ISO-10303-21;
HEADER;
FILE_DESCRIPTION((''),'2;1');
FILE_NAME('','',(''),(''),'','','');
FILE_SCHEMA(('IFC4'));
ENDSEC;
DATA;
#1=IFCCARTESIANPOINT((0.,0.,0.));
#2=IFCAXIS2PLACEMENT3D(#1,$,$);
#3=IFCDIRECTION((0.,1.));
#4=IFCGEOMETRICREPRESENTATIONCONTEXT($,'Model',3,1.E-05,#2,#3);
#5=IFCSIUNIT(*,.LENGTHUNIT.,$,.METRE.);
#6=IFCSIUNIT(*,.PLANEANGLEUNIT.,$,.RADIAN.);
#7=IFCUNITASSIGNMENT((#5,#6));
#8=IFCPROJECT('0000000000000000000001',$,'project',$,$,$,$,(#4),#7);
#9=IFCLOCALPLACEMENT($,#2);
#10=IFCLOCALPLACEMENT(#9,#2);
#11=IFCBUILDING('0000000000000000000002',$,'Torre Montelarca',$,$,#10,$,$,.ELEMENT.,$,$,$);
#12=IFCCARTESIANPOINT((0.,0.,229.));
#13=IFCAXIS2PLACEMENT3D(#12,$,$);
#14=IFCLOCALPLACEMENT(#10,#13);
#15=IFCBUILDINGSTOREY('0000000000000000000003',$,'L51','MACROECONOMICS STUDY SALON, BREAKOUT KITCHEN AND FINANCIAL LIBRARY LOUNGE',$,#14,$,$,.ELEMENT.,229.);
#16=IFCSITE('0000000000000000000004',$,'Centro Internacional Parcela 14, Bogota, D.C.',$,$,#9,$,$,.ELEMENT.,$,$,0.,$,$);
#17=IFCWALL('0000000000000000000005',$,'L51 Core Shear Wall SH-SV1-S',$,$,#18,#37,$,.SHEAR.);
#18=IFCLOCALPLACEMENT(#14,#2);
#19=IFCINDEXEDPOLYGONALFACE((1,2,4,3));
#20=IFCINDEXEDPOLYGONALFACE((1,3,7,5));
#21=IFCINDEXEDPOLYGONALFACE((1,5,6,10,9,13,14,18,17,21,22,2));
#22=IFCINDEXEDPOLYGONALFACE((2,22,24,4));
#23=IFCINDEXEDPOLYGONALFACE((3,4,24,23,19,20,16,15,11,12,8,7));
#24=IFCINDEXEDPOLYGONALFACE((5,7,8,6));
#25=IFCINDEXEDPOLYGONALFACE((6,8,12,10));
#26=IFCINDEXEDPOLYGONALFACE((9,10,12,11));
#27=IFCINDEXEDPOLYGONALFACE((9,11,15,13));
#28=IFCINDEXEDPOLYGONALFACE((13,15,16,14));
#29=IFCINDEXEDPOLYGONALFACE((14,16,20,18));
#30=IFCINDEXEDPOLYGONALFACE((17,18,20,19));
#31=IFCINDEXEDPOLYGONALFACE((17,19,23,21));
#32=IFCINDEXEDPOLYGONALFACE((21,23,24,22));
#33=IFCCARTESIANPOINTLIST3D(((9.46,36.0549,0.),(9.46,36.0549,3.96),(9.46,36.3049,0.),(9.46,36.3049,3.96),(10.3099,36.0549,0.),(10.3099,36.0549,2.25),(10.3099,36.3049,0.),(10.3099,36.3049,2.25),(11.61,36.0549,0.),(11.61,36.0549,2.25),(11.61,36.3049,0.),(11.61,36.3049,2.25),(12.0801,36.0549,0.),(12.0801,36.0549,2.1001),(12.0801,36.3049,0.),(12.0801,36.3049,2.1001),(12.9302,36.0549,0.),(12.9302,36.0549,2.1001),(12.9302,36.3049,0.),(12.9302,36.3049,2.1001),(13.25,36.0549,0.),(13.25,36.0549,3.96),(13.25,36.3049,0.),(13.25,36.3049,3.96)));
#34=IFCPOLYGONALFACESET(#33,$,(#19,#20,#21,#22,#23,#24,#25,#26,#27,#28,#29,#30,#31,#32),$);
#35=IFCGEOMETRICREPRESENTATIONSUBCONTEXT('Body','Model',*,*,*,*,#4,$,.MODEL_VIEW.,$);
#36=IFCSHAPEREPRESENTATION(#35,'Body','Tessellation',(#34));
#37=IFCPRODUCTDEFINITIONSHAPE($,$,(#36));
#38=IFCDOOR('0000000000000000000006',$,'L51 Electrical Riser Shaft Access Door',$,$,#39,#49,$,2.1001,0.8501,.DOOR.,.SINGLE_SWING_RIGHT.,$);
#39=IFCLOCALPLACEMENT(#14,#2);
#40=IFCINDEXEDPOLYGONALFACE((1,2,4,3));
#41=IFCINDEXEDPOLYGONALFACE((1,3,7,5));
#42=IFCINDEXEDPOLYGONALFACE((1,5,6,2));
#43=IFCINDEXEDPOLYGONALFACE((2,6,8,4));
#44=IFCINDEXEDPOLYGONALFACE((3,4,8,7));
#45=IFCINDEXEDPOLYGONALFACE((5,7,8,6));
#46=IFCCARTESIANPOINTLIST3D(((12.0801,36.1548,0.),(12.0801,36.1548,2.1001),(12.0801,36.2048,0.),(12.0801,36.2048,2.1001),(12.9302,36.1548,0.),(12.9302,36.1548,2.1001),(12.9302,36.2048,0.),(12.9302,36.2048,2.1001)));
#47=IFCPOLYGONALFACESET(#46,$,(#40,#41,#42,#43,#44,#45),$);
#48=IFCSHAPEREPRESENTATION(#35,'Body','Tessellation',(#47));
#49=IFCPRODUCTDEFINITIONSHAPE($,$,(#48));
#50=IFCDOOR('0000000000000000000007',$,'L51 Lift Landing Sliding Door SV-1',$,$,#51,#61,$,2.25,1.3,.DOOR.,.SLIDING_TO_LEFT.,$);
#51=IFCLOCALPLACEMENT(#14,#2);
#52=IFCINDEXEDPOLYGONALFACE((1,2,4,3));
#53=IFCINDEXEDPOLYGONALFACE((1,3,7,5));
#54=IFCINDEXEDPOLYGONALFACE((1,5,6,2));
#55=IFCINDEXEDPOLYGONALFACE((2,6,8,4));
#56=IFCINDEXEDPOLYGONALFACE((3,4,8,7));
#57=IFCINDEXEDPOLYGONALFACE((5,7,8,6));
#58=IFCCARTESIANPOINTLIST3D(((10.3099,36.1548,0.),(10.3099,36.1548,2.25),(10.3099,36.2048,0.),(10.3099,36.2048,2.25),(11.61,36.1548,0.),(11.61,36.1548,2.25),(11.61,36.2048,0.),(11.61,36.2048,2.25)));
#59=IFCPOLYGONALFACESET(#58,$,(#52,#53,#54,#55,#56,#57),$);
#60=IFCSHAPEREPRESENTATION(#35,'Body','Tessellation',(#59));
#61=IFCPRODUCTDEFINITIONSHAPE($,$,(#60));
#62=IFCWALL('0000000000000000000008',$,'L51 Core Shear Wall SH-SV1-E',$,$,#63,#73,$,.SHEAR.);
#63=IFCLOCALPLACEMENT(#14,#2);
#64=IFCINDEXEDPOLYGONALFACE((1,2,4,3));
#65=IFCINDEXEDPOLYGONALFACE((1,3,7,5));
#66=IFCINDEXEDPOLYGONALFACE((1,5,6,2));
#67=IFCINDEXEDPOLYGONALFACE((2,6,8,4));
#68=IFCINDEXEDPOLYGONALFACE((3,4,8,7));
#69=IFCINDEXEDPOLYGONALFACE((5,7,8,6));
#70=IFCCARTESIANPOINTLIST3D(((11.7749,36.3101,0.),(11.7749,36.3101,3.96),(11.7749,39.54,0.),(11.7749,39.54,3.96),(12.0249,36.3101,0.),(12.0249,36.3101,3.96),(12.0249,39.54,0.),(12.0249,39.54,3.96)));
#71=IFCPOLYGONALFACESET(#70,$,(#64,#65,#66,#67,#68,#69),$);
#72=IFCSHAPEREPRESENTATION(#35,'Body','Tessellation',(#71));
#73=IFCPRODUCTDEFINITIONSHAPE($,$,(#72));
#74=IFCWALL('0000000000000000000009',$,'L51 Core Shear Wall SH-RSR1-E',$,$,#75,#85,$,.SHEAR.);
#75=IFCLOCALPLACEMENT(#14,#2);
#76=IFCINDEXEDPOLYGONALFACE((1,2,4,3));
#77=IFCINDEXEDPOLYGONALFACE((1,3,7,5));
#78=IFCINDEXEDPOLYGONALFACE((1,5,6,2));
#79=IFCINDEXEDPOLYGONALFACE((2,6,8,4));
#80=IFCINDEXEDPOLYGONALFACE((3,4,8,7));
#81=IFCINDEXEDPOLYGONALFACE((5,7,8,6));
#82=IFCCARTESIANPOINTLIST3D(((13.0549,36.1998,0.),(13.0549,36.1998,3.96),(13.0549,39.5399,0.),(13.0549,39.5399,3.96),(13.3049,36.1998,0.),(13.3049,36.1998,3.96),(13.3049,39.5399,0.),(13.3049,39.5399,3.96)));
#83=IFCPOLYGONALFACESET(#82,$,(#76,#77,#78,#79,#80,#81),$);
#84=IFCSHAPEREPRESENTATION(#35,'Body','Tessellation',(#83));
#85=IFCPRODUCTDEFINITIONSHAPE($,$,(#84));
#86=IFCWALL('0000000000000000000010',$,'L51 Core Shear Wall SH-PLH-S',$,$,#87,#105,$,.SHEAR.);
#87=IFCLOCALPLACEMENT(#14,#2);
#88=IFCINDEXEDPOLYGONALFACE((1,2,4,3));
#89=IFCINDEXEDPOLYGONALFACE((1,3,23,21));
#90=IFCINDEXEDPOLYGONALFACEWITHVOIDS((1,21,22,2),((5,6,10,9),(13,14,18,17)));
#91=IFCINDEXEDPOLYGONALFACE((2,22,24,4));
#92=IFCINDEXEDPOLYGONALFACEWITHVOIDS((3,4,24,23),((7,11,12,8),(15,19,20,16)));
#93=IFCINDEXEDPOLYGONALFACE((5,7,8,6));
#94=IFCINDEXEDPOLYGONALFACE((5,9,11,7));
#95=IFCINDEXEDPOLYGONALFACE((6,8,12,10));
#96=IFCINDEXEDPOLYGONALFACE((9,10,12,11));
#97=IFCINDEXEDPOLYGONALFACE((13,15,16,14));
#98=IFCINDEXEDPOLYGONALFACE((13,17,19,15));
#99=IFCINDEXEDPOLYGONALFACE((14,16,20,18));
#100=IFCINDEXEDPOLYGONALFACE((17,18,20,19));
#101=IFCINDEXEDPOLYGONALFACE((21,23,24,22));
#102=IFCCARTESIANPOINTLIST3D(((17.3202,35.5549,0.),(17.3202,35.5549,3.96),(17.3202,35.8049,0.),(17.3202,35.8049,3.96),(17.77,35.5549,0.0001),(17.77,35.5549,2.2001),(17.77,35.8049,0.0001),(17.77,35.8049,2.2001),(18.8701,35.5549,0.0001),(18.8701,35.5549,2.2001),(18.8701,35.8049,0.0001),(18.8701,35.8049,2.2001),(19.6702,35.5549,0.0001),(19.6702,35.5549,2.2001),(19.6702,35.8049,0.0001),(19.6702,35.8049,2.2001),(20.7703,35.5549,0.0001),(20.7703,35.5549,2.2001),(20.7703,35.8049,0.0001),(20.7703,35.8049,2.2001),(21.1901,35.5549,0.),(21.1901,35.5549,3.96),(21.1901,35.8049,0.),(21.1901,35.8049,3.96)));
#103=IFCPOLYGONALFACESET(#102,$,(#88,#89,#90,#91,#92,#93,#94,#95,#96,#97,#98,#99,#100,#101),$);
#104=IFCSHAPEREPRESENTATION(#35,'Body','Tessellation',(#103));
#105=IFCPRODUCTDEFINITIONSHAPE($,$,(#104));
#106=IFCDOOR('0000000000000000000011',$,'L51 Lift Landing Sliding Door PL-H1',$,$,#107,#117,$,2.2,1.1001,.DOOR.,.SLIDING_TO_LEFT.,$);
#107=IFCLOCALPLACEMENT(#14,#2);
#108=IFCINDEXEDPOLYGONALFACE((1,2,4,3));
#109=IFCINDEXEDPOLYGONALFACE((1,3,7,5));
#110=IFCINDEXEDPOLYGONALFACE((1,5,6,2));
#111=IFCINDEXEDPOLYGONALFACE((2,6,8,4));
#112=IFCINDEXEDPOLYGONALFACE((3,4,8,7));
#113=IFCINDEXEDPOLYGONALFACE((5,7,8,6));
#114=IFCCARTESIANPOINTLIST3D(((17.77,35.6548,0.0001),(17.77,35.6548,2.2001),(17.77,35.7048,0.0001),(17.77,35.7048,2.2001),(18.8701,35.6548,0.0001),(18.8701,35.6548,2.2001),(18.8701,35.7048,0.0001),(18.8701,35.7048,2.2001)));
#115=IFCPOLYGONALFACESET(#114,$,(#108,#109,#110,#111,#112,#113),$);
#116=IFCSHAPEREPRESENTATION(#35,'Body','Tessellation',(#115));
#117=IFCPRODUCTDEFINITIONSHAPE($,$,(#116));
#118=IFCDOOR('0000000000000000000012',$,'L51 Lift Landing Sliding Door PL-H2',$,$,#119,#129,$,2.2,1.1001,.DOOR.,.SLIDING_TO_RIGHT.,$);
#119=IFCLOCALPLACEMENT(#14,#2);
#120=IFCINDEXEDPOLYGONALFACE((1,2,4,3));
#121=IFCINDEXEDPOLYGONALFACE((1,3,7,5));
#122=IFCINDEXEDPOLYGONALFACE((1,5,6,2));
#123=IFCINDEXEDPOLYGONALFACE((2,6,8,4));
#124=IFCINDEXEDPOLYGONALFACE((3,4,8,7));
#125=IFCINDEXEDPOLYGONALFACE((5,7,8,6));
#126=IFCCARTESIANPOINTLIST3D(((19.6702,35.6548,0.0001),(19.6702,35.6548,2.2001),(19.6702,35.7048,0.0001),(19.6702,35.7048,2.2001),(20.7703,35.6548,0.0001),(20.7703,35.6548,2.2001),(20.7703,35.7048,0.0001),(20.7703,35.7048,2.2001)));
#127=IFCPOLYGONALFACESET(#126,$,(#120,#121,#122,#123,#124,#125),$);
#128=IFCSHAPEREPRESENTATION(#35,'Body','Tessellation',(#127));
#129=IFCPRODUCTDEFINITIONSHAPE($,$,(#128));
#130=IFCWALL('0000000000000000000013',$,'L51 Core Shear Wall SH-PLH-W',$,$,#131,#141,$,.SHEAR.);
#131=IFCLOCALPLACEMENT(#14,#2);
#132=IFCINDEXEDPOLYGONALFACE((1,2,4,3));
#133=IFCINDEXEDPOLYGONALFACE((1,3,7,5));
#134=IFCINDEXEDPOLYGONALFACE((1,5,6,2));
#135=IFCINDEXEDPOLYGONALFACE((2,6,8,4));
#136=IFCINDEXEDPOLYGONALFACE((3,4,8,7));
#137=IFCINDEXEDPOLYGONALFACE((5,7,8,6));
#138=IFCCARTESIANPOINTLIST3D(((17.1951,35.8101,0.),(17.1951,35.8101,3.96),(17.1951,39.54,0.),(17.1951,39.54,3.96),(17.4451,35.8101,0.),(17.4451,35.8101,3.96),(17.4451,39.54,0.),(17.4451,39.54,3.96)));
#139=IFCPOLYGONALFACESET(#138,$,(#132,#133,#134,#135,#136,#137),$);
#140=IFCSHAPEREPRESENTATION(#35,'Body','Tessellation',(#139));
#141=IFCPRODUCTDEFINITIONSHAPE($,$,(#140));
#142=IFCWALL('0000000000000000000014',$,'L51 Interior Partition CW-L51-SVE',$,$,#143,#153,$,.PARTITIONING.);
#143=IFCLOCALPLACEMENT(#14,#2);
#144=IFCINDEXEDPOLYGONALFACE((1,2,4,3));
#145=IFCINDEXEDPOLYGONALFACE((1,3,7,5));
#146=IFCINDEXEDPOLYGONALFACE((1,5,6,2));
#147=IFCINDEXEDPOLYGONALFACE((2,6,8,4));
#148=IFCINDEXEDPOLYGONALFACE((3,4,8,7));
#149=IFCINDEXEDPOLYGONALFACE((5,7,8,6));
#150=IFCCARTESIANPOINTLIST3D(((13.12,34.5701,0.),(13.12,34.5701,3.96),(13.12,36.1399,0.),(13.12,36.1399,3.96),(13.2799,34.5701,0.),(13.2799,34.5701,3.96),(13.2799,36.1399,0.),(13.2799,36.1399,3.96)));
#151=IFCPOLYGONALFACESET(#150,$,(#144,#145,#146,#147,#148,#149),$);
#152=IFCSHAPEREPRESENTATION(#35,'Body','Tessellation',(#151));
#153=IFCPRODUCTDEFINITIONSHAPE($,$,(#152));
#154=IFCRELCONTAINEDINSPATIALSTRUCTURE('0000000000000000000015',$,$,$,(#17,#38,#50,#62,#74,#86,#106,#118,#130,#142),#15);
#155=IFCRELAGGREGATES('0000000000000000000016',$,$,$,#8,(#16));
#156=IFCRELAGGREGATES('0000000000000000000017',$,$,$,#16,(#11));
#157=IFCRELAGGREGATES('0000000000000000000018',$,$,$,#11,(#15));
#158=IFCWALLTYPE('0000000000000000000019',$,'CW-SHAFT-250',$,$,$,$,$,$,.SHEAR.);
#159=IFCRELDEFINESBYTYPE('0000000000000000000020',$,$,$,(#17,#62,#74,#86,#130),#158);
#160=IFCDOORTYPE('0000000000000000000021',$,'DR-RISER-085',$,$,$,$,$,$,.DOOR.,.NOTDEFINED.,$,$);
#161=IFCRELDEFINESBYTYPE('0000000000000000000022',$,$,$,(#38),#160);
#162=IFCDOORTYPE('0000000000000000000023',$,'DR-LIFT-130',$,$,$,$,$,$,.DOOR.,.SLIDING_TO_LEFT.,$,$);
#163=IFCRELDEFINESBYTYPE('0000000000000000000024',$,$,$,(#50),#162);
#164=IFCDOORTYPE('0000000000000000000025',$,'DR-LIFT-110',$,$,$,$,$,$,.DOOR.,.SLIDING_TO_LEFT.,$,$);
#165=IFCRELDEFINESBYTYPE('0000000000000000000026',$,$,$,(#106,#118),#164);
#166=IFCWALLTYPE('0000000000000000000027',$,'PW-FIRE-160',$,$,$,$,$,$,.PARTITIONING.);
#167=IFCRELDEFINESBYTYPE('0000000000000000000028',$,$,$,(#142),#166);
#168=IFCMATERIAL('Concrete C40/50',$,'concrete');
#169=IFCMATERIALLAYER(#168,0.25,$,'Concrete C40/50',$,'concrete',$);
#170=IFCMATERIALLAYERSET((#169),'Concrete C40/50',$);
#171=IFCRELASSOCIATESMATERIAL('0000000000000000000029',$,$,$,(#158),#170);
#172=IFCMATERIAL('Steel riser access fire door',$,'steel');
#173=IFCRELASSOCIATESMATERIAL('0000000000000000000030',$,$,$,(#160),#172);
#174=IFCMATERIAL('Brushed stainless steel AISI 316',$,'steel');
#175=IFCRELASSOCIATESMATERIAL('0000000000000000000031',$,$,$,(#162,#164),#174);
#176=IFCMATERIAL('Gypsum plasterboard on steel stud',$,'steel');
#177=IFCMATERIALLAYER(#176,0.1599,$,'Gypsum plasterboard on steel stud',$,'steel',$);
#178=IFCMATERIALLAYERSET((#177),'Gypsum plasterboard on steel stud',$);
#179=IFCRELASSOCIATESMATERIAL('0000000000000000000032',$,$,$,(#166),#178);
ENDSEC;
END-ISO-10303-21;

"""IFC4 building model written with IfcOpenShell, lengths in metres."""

from ifc_helpers import new_model, si_unit, direction, frame, frame_2d, origin, place, context, subcontext, project, spatial, rectangle, extrude, source, transform, mapped, material, layer, layer_set, type_object, element, fill, save


model = new_model("IFC4")

# Units and contexts
model_context = context("Model", 3, precision=1e-05, world=origin(), true_north=direction((0.0, 1.0)))
body_context = subcontext(model_context, "Body", "Model", "MODEL_VIEW")
ifc_project = project(units=[si_unit("LENGTHUNIT", "METRE"), si_unit("PLANEANGLEUNIT", "RADIAN")], contexts=[model_context])

# Site, building, storey
site_placement = place(None, origin())
site = spatial("IfcSite", under=ifc_project, at=site_placement, Name="Centro Internacional Parcela 14, Bogota, D.C.", CompositionType="ELEMENT", RefElevation=0.0)
building_placement = place(site_placement, origin())
building = spatial("IfcBuilding", under=site, at=building_placement, Name="Torre Montelarca", CompositionType="ELEMENT")
storey_placement = place(building_placement, frame((0.0, 0.0, 229.0)))
storey = spatial("IfcBuildingStorey", under=building, at=storey_placement, Name="L51", Description="MACROECONOMICS STUDY SALON, BREAKOUT KITCHEN AND FINANCIAL LIBRARY LOUNGE", CompositionType="ELEMENT", Elevation=229.0)

# Shared definitions
ifc_material_1 = material(Name="Concrete C40/50", Category="concrete")
ifc_layer_1 = layer(ifc_material_1, 0.25, Name="Concrete C40/50", Category="concrete")
ifc_layer_set_1 = layer_set([ifc_layer_1], Name="Concrete C40/50")
wall_type_1 = type_object("IfcWallType", Name="CW-SHAFT-250", PredefinedType="SHEAR", material=ifc_layer_set_1)

# Wall, openings, doors
wall_1_placement = place(storey_placement, frame((9.46, 36.1799, 0.0), z_axis=(0.0, 0.0, 1.0), x_axis=(1.0, 0.0, 0.0)))
wall_1 = element("IfcWall", 1, at=wall_1_placement, inside=storey, type_object=wall_type_1, Name="L51 Core Shear Wall SH-SV1-S", PredefinedType="SHEAR", context=body_context, shape_type="SweptSolid", body=[
    extrude(rectangle(XDim=3.79, YDim=0.25, at=frame_2d((1.895, 0.0))), origin(), (0.0, 0.0, 1.0), 3.96),
])
opening_1_placement = place(wall_1_placement, frame((2.6201, 0.0, 0.0)))
opening_1 = element("IfcOpeningElement", 2, at=opening_1_placement, cuts=wall_1, PredefinedType="OPENING", context=body_context, shape_type="SweptSolid", body=[
    extrude(rectangle(XDim=0.8501, YDim=2.1001, at=frame_2d((0.425, 1.05))), frame((0.0, 0.135, 0.0), z_axis=(0.0, -1.0, 0.0), x_axis=(1.0, 0.0, 0.0)), (0.0, 0.0, 1.0), 0.27),
])
opening_2_placement = place(wall_1_placement, frame((0.8501, 0.0, 0.0)))
opening_2 = element("IfcOpeningElement", 3, at=opening_2_placement, cuts=wall_1, PredefinedType="OPENING", context=body_context, shape_type="SweptSolid", body=[
    extrude(rectangle(XDim=1.3, YDim=2.25, at=frame_2d((0.6499, 1.125))), frame((0.0, 0.135, 0.0), z_axis=(0.0, -1.0, 0.0), x_axis=(1.0, 0.0, 0.0)), (0.0, 0.0, 1.0), 0.27),
])
ifc_material_2 = material(Name="Steel riser access fire door", Category="steel")
door_type_1 = type_object("IfcDoorType", Name="DR-RISER-085", OperationType="NOTDEFINED", PredefinedType="DOOR", material=ifc_material_2)
shared_shape_1 = source(origin(), body_context, "Body", "SweptSolid", [
    extrude(rectangle(XDim=0.8501, YDim=2.1001, at=frame_2d((0.425, 1.05))), frame((0.0, 0.0249, 0.0), z_axis=(0.0, -1.0, 0.0), x_axis=(1.0, 0.0, 0.0)), (0.0, 0.0, 1.0), 0.05),
])
door_1_placement = place(opening_1_placement, origin())
door_1 = element("IfcDoor", 4, at=door_1_placement, inside=storey, type_object=door_type_1, Name="L51 Electrical Riser Shaft Access Door", OperationType="SINGLE_SWING_RIGHT", OverallHeight=2.1001, OverallWidth=0.8501, PredefinedType="DOOR", context=body_context, shape_type="MappedRepresentation", body=[
    mapped(shared_shape_1, transform((0.0, 0.0, 0.0), scale=1.0)),
])
fill(opening_1, door_1)
ifc_material_3 = material(Name="Brushed stainless steel AISI 316", Category="steel")
door_type_2 = type_object("IfcDoorType", Name="DR-LIFT-130", OperationType="SLIDING_TO_LEFT", PredefinedType="DOOR", material=ifc_material_3)
shared_shape_2 = source(origin(), body_context, "Body", "SweptSolid", [
    extrude(rectangle(XDim=1.3, YDim=2.25, at=frame_2d((0.6499, 1.125))), frame((0.0, 0.0249, 0.0), z_axis=(0.0, -1.0, 0.0), x_axis=(1.0, 0.0, 0.0)), (0.0, 0.0, 1.0), 0.05),
])
door_2_placement = place(opening_2_placement, origin())
door_2 = element("IfcDoor", 5, at=door_2_placement, inside=storey, type_object=door_type_2, Name="L51 Lift Landing Sliding Door SV-1", OperationType="SLIDING_TO_LEFT", OverallHeight=2.25, OverallWidth=1.3, PredefinedType="DOOR", context=body_context, shape_type="MappedRepresentation", body=[
    mapped(shared_shape_2, transform((0.0, 0.0, 0.0), scale=1.0)),
])
fill(opening_2, door_2)

# Walls
wall_2_placement = place(storey_placement, frame((11.8999, 36.3101, 0.0), z_axis=(0.0, 0.0, 1.0), x_axis=(0.0, 1.0, 0.0)))
element("IfcWall", 6, at=wall_2_placement, inside=storey, type_object=wall_type_1, Name="L51 Core Shear Wall SH-SV1-E", PredefinedType="SHEAR", context=body_context, shape_type="SweptSolid", body=[
    extrude(rectangle(XDim=3.23, YDim=0.25, at=frame_2d((1.615, 0.0))), origin(), (0.0, 0.0, 1.0), 3.96),
])
wall_3_placement = place(storey_placement, frame((13.1799, 36.2, 0.0), z_axis=(0.0, 0.0, 1.0), x_axis=(0.0, 1.0, 0.0)))
element("IfcWall", 7, at=wall_3_placement, inside=storey, type_object=wall_type_1, Name="L51 Core Shear Wall SH-RSR1-E", PredefinedType="SHEAR", context=body_context, shape_type="SweptSolid", body=[
    extrude(rectangle(XDim=3.3401, YDim=0.25, at=frame_2d((1.6699, 0.0))), origin(), (0.0, 0.0, 1.0), 3.96),
])

# Wall, openings, doors
wall_4_placement = place(storey_placement, frame((17.3201, 35.6799, 0.0), z_axis=(0.0, 0.0, 1.0), x_axis=(1.0, 0.0, 0.0)))
wall_4 = element("IfcWall", 8, at=wall_4_placement, inside=storey, type_object=wall_type_1, Name="L51 Core Shear Wall SH-PLH-S", PredefinedType="SHEAR", context=body_context, shape_type="SweptSolid", body=[
    extrude(rectangle(XDim=3.8699, YDim=0.25, at=frame_2d((1.9351, 0.0))), origin(), (0.0, 0.0, 1.0), 3.96),
])
opening_3_placement = place(wall_4_placement, frame((0.45, 0.0, 0.0)))
opening_3 = element("IfcOpeningElement", 9, at=opening_3_placement, cuts=wall_4, PredefinedType="OPENING", context=body_context, shape_type="SweptSolid", body=[
    extrude(rectangle(XDim=1.1001, YDim=2.2, at=frame_2d((0.55, 1.1001))), frame((0.0, 0.135, 0.0), z_axis=(0.0, -1.0, 0.0), x_axis=(1.0, 0.0, 0.0)), (0.0, 0.0, 1.0), 0.27),
])
opening_4_placement = place(wall_4_placement, frame((2.3501, 0.0, 0.0)))
opening_4 = element("IfcOpeningElement", 10, at=opening_4_placement, cuts=wall_4, PredefinedType="OPENING", context=body_context, shape_type="SweptSolid", body=[
    extrude(rectangle(XDim=1.1001, YDim=2.2, at=frame_2d((0.55, 1.1001))), frame((0.0, 0.135, 0.0), z_axis=(0.0, -1.0, 0.0), x_axis=(1.0, 0.0, 0.0)), (0.0, 0.0, 1.0), 0.27),
])
door_type_3 = type_object("IfcDoorType", Name="DR-LIFT-110", OperationType="SLIDING_TO_LEFT", PredefinedType="DOOR", material=ifc_material_3)
shared_shape_3 = source(origin(), body_context, "Body", "SweptSolid", [
    extrude(rectangle(XDim=1.1001, YDim=2.2, at=frame_2d((0.55, 1.1001))), frame((0.0, 0.0249, 0.0), z_axis=(0.0, -1.0, 0.0), x_axis=(1.0, 0.0, 0.0)), (0.0, 0.0, 1.0), 0.05),
])
door_3_placement = place(opening_3_placement, origin())
door_3 = element("IfcDoor", 11, at=door_3_placement, inside=storey, type_object=door_type_3, Name="L51 Lift Landing Sliding Door PL-H1", OperationType="SLIDING_TO_LEFT", OverallHeight=2.2, OverallWidth=1.1001, PredefinedType="DOOR", context=body_context, shape_type="MappedRepresentation", body=[
    mapped(shared_shape_3, transform((0.0, 0.0, 0.0), scale=1.0)),
])
fill(opening_3, door_3)
door_4_placement = place(opening_4_placement, origin())
door_4 = element("IfcDoor", 12, at=door_4_placement, inside=storey, type_object=door_type_3, Name="L51 Lift Landing Sliding Door PL-H2", OperationType="SLIDING_TO_RIGHT", OverallHeight=2.2, OverallWidth=1.1001, PredefinedType="DOOR", context=body_context, shape_type="MappedRepresentation", body=[
    mapped(shared_shape_3, transform((0.0, 0.0, 0.0), scale=1.0)),
])
fill(opening_4, door_4)

# Wall
wall_5_placement = place(storey_placement, frame((17.3201, 35.8101, 0.0), z_axis=(0.0, 0.0, 1.0), x_axis=(0.0, 1.0, 0.0)))
element("IfcWall", 13, at=wall_5_placement, inside=storey, type_object=wall_type_1, Name="L51 Core Shear Wall SH-PLH-W", PredefinedType="SHEAR", context=body_context, shape_type="SweptSolid", body=[
    extrude(rectangle(XDim=3.73, YDim=0.25, at=frame_2d((1.865, 0.0))), origin(), (0.0, 0.0, 1.0), 3.96),
])

# Shared definitions
ifc_material_4 = material(Name="Gypsum plasterboard on steel stud", Category="steel")
ifc_layer_2 = layer(ifc_material_4, 0.1599, Name="Gypsum plasterboard on steel stud", Category="steel")
ifc_layer_set_2 = layer_set([ifc_layer_2], Name="Gypsum plasterboard on steel stud")
wall_type_2 = type_object("IfcWallType", Name="PW-FIRE-160", PredefinedType="PARTITIONING", material=ifc_layer_set_2)

# Wall
wall_6_placement = place(storey_placement, frame((13.2, 34.5701, 0.0), z_axis=(0.0, 0.0, 1.0), x_axis=(0.0, 1.0, 0.0)))
element("IfcWall", 14, at=wall_6_placement, inside=storey, type_object=wall_type_2, Name="L51 Interior Partition CW-L51-SVE", PredefinedType="PARTITIONING", context=body_context, shape_type="SweptSolid", body=[
    extrude(rectangle(XDim=1.5698, YDim=0.1599, at=frame_2d((0.7849, 0.0))), origin(), (0.0, 0.0, 1.0), 3.96),
])

save(model, "model.ifc")
